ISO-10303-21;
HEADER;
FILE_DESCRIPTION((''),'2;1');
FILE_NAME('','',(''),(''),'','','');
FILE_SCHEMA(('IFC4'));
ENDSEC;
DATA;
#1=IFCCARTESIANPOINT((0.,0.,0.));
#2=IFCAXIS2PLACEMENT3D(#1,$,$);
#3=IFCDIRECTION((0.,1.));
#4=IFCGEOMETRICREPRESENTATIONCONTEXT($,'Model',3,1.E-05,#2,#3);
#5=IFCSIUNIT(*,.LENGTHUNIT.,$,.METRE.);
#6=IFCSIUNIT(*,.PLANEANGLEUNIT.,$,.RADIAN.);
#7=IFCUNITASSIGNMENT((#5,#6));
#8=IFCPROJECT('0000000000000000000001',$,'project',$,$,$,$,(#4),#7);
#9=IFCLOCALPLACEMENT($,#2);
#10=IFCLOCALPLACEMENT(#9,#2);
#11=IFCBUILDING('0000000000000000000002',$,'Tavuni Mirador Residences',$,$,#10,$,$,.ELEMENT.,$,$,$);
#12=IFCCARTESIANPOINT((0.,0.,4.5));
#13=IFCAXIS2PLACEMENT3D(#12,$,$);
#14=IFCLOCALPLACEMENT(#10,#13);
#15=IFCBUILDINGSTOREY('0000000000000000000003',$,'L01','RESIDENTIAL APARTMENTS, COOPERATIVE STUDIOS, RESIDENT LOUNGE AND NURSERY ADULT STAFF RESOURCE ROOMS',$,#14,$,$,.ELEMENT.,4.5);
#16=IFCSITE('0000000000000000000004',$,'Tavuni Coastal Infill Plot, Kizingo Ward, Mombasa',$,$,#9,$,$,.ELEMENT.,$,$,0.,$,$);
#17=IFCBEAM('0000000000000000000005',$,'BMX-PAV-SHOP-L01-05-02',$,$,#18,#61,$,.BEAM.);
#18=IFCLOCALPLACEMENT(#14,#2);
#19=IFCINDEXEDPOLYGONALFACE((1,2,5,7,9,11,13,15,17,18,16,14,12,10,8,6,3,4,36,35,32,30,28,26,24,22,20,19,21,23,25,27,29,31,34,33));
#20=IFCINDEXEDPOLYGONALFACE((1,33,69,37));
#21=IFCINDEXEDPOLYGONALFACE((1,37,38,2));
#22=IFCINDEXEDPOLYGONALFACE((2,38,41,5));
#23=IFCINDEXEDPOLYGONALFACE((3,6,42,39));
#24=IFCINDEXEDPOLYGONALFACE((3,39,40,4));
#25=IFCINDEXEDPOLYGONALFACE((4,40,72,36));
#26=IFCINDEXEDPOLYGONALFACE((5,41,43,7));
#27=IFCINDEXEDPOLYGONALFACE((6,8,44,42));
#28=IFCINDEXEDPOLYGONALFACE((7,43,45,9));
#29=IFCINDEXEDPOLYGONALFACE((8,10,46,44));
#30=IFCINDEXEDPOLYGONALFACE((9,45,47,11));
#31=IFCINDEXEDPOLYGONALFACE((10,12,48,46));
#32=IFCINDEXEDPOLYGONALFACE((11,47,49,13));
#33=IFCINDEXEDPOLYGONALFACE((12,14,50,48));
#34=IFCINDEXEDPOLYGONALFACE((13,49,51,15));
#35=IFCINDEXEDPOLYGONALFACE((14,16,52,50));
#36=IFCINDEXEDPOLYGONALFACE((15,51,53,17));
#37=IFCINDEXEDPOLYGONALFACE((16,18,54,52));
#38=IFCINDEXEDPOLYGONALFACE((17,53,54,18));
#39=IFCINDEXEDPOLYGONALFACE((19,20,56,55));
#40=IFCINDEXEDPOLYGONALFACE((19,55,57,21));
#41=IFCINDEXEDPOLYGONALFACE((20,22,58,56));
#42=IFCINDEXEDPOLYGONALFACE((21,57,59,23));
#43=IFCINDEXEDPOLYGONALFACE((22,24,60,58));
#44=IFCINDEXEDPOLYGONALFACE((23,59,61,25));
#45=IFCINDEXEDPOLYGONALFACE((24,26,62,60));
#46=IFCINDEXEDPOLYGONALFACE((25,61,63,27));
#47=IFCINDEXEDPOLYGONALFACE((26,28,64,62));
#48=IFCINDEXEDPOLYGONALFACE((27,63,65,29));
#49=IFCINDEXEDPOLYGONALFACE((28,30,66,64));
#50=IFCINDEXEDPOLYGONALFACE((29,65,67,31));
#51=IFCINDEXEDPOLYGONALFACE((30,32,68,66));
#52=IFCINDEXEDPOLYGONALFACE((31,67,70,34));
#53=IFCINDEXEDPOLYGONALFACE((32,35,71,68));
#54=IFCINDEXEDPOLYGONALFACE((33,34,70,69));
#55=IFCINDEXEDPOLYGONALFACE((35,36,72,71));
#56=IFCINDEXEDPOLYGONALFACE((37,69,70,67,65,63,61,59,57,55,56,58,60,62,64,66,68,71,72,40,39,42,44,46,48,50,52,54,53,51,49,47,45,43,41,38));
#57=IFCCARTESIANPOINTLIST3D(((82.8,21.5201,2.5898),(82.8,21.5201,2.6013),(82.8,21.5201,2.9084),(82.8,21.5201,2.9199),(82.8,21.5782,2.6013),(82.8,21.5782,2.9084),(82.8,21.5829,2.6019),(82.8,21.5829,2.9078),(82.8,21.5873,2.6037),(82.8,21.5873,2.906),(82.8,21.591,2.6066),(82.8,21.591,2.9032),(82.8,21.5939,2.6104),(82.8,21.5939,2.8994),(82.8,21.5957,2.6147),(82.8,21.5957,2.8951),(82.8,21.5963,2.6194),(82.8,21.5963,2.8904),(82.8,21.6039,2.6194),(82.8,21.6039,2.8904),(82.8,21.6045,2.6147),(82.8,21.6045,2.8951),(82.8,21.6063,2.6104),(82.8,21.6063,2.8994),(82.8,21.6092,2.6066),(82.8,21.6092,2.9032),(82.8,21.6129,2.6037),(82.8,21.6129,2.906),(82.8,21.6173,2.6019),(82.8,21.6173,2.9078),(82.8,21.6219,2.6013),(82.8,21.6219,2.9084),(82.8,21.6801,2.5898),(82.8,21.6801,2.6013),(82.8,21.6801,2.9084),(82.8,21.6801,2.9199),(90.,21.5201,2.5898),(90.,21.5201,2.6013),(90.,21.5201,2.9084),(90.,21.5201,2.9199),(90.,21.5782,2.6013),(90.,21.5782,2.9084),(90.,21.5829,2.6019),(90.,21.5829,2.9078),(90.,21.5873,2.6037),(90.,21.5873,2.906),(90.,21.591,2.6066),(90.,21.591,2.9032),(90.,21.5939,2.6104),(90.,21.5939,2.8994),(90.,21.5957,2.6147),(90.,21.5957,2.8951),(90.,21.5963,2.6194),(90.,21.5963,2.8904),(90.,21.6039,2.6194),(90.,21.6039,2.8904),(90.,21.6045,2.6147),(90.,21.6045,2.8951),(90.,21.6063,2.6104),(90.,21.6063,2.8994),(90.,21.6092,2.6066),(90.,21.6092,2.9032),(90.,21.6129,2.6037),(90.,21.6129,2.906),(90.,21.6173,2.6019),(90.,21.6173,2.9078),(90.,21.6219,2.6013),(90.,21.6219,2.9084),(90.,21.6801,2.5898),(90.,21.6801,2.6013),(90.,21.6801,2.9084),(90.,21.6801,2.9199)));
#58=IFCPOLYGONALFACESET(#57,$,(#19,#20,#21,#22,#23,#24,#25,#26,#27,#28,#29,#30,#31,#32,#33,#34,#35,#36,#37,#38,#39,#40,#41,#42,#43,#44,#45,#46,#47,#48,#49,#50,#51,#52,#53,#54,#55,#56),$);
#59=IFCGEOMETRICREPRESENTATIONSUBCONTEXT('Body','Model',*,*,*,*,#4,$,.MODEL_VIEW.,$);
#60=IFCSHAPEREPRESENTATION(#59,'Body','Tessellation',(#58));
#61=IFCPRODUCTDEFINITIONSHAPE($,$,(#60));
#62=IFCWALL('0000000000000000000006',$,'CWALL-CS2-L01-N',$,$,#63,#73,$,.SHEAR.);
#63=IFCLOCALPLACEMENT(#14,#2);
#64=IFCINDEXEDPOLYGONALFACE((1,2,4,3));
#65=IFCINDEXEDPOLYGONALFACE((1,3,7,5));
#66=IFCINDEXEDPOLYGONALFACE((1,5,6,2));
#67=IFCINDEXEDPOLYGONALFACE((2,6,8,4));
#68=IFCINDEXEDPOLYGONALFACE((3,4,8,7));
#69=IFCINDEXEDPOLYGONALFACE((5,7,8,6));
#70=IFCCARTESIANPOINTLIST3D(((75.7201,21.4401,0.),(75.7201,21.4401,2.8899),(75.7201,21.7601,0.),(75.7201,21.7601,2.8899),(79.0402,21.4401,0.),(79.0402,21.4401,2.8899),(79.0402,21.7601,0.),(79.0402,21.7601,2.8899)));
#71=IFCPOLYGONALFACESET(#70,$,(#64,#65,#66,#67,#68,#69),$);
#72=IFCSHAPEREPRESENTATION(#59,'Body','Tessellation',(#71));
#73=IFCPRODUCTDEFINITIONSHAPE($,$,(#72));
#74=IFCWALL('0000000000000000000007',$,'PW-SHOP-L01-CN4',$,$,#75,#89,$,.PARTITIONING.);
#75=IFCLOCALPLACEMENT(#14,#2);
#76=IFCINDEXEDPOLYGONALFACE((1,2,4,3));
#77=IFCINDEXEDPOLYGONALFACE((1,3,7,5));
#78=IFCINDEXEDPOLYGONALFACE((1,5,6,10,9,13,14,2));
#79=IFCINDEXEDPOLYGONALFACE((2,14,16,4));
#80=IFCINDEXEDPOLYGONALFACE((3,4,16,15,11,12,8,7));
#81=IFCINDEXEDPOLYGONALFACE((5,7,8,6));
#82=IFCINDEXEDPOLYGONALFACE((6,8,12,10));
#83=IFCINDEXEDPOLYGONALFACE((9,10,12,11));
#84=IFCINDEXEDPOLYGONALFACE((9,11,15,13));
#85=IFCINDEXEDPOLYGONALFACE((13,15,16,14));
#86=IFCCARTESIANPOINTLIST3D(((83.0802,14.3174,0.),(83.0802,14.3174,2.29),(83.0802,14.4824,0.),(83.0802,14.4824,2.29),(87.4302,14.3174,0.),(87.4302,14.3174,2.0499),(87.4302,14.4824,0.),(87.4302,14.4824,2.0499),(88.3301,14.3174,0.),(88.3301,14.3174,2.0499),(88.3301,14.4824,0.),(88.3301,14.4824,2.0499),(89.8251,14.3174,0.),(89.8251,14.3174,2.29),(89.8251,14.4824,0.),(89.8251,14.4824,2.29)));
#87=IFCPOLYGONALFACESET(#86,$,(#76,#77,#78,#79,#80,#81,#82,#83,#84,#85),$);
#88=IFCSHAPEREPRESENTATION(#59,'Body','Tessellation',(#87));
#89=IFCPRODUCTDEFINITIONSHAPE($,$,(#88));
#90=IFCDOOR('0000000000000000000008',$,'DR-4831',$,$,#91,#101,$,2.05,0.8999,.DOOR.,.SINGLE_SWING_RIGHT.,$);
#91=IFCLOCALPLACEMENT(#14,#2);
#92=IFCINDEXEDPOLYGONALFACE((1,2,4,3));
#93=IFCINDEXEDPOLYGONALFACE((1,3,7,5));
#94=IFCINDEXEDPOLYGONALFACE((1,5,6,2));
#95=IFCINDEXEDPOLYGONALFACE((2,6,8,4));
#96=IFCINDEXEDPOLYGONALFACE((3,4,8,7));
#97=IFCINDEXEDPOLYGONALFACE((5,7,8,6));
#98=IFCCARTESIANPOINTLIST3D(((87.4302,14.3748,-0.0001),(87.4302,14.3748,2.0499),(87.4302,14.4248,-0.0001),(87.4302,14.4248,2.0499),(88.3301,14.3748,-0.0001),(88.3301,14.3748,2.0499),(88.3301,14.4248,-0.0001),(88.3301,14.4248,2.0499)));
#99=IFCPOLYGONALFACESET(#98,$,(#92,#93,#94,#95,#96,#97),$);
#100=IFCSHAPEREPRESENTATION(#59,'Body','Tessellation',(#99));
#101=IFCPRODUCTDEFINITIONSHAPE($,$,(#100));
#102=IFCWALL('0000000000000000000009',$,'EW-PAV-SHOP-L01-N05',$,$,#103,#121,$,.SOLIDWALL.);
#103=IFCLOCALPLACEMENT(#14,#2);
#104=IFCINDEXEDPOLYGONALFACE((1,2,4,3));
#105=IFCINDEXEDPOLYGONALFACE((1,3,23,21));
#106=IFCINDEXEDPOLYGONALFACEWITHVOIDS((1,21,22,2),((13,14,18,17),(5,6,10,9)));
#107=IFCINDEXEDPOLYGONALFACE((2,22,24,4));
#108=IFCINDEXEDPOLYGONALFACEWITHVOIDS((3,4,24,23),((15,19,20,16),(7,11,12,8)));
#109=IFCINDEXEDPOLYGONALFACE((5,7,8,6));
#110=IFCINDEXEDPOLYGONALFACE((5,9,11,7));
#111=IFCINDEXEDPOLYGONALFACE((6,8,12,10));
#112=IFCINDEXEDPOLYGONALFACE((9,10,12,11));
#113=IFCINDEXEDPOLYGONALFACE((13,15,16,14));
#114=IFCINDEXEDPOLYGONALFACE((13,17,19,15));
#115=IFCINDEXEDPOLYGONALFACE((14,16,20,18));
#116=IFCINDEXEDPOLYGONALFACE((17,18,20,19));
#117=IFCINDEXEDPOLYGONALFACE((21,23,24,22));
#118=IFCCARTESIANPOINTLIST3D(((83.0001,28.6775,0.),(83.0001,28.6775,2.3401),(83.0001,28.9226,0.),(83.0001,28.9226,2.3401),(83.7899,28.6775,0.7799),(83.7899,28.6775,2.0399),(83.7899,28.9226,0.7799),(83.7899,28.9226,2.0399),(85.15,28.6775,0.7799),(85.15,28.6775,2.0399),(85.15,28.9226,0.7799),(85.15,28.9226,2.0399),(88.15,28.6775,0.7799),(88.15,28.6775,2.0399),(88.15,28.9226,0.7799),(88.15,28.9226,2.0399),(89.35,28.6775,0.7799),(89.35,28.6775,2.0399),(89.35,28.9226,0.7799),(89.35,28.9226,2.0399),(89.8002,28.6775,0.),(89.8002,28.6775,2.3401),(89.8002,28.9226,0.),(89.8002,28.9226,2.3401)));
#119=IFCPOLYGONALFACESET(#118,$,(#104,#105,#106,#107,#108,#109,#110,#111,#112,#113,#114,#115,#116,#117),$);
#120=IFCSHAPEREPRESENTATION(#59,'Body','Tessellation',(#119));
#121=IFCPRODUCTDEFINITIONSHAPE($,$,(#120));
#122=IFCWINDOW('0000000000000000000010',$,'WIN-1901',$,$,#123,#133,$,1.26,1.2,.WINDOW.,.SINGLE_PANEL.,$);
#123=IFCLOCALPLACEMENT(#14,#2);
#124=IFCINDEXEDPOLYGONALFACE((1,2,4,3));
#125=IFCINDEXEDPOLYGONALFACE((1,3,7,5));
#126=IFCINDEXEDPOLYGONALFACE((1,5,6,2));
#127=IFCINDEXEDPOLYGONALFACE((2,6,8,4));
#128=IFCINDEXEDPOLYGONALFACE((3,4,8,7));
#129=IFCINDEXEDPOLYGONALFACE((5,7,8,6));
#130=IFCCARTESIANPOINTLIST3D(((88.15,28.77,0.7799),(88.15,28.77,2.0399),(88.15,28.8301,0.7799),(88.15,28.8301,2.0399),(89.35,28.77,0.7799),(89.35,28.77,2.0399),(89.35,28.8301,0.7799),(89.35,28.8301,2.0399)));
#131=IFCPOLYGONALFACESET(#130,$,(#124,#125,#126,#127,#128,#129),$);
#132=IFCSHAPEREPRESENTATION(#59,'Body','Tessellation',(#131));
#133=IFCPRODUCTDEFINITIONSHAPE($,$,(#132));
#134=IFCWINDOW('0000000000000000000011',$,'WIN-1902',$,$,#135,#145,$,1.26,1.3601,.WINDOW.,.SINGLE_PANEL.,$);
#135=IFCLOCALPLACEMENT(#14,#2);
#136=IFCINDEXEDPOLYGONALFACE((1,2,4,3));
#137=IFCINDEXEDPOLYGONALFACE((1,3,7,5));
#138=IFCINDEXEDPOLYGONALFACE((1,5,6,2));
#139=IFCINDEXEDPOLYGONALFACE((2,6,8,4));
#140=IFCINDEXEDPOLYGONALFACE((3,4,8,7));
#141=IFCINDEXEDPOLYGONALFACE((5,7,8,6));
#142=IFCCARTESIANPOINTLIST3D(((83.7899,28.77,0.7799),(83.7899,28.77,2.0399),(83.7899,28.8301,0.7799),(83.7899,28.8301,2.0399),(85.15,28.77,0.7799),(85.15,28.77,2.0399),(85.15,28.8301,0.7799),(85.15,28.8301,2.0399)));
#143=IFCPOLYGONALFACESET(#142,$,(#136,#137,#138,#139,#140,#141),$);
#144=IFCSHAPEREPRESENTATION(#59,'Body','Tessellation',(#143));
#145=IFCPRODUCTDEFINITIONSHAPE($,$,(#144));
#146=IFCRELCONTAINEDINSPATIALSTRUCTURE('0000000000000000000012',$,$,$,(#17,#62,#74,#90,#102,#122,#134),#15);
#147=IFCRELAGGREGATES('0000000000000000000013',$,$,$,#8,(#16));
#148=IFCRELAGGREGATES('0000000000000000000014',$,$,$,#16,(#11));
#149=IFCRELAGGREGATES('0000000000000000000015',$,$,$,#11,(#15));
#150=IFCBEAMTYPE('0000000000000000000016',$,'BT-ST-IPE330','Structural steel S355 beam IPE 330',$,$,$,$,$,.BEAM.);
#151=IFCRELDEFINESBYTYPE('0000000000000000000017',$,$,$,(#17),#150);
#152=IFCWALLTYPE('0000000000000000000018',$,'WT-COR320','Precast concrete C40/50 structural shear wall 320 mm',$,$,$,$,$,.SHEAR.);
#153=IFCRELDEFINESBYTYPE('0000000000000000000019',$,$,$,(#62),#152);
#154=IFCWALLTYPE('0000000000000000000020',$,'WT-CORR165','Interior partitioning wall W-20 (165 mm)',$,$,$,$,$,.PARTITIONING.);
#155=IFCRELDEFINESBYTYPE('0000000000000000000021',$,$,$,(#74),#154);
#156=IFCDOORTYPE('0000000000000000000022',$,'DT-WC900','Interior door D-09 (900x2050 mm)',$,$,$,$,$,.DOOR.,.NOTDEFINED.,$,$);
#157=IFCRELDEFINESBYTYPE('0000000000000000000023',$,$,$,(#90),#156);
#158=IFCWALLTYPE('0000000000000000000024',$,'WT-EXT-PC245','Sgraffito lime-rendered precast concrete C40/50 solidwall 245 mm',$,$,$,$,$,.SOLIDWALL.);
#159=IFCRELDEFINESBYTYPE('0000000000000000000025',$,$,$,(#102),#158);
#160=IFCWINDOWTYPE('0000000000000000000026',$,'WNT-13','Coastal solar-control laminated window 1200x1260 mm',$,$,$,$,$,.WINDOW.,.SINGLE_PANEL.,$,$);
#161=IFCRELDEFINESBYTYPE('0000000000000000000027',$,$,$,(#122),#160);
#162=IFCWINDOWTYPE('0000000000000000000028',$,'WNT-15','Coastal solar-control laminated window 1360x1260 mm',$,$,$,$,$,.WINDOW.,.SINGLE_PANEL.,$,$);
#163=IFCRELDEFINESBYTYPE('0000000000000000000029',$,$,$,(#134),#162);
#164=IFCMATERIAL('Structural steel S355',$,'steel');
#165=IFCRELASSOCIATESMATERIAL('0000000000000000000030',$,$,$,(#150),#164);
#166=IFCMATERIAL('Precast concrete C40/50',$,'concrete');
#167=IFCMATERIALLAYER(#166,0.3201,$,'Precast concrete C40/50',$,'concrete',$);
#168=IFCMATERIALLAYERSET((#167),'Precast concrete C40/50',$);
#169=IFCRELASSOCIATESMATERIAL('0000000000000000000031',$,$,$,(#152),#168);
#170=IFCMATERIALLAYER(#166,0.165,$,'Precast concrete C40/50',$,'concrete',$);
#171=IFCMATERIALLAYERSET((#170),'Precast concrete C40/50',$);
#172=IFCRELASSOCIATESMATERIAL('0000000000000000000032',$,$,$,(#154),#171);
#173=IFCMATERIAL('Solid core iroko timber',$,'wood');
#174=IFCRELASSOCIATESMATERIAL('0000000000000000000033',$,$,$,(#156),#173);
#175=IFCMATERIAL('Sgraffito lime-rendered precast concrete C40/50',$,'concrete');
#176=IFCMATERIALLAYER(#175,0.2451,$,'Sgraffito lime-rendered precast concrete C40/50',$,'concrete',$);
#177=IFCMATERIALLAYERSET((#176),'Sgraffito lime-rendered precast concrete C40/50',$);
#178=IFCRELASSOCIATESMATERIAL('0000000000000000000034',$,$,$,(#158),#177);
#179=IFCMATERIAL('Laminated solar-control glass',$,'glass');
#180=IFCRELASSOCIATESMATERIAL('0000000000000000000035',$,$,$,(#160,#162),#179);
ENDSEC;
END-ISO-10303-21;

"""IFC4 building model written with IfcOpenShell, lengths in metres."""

from ifc_helpers import new_model, si_unit, direction, frame, frame_2d, origin, origin_2d, place, context, subcontext, project, spatial, rectangle, i_section, extrude, material, layer, layer_set, material_profile, profile_set, type_object, element, fill, save


model = new_model("IFC4")

# Units and contexts
model_context = context("Model", 3, precision=1e-05, world=origin(), true_north=direction((0.0, 1.0)))
body_context = subcontext(model_context, "Body", "Model", "MODEL_VIEW")
ifc_project = project(units=[si_unit("LENGTHUNIT", "METRE"), si_unit("PLANEANGLEUNIT", "RADIAN")], contexts=[model_context])

# Site, building, storey
site_placement = place(None, origin())
site = spatial("IfcSite", under=ifc_project, at=site_placement, Name="Tavuni Coastal Infill Plot, Kizingo Ward, Mombasa", CompositionType="ELEMENT", RefElevation=0.0)
building_placement = place(site_placement, origin())
building = spatial("IfcBuilding", under=site, at=building_placement, Name="Tavuni Mirador Residences", CompositionType="ELEMENT")
storey_placement = place(building_placement, frame((0.0, 0.0, 4.5)))
storey = spatial("IfcBuildingStorey", under=building, at=storey_placement, Name="L01", Description="RESIDENTIAL APARTMENTS, COOPERATIVE STUDIOS, RESIDENT LOUNGE AND NURSERY ADULT STAFF RESOURCE ROOMS", CompositionType="ELEMENT", Elevation=4.5)

# Shared definitions
ifc_material_1 = material(Name="Precast concrete C40/50", Category="concrete")
ifc_material_2 = material(Name="Structural steel S355", Category="steel")

# Beam
ifc_material_profile_1 = material_profile(ifc_material_2, i_section(OverallWidth=0.1599, OverallDepth=0.3301, WebThickness=0.0076, FlangeThickness=0.0115, FilletRadius=0.0181, at=origin_2d()), Name="IPE 330", Category="steel")
ifc_profile_set_1 = profile_set([ifc_material_profile_1], Name="Structural steel S355")
beam_type_1 = type_object("IfcBeamType", Name="BT-ST-IPE330", Description="Structural steel S355 beam IPE 330", PredefinedType="BEAM", material=ifc_profile_set_1)
beam_1_placement = place(storey_placement, frame((82.8, 21.6001, 2.7549), z_axis=(1.0, 0.0, 0.0), x_axis=(0.0, 1.0, 0.0)))
element("IfcBeam", 1, at=beam_1_placement, inside=storey, type_object=beam_type_1, Name="BMX-PAV-SHOP-L01-05-02", PredefinedType="BEAM", context=body_context, shape_type="SweptSolid", body=[
    extrude(i_section(OverallWidth=0.1599, OverallDepth=0.3301, WebThickness=0.0076, FlangeThickness=0.0115, FilletRadius=0.0181, at=origin_2d()), origin(), (0.0, 0.0, 1.0), 7.2),
])

# Wall
ifc_layer_1 = layer(ifc_material_1, 0.3201, Name="Precast concrete C40/50", Category="concrete")
ifc_layer_set_1 = layer_set([ifc_layer_1], Name="Precast concrete C40/50")
wall_type_1 = type_object("IfcWallType", Name="WT-COR320", Description="Precast concrete C40/50 structural shear wall 320 mm", PredefinedType="SHEAR", material=ifc_layer_set_1)
wall_1_placement = place(storey_placement, frame((75.72, 21.6001, 0.0), z_axis=(0.0, 0.0, 1.0), x_axis=(1.0, 0.0, 0.0)))
element("IfcWall", 2, at=wall_1_placement, inside=storey, type_object=wall_type_1, Name="CWALL-CS2-L01-N", PredefinedType="SHEAR", context=body_context, shape_type="SweptSolid", body=[
    extrude(rectangle(XDim=3.3201, YDim=0.3201, at=frame_2d((1.6602, 0.0))), origin(), (0.0, 0.0, 1.0), 2.8899),
])

# Wall, opening, door
ifc_layer_2 = layer(ifc_material_1, 0.165, Name="Precast concrete C40/50", Category="concrete")
ifc_layer_set_2 = layer_set([ifc_layer_2], Name="Precast concrete C40/50")
wall_type_2 = type_object("IfcWallType", Name="WT-CORR165", Description="Interior partitioning wall W-20 (165 mm)", PredefinedType="PARTITIONING", material=ifc_layer_set_2)
wall_2_placement = place(storey_placement, frame((83.0801, 14.3999, 0.0), z_axis=(0.0, 0.0, 1.0), x_axis=(1.0, 0.0, 0.0)))
wall_2 = element("IfcWall", 3, at=wall_2_placement, inside=storey, type_object=wall_type_2, Name="PW-SHOP-L01-CN4", PredefinedType="PARTITIONING", context=body_context, shape_type="SweptSolid", body=[
    extrude(rectangle(XDim=6.7449, YDim=0.165, at=frame_2d((3.3726, 0.0))), origin(), (0.0, 0.0, 1.0), 2.29),
])
opening_1_placement = place(wall_2_placement, frame((4.3501, 0.0, 0.0)))
opening_1 = element("IfcOpeningElement", 4, at=opening_1_placement, cuts=wall_2, PredefinedType="OPENING", context=body_context, shape_type="SweptSolid", body=[
    extrude(rectangle(XDim=0.8999, YDim=2.05, at=frame_2d((0.45, 1.0249))), frame((0.0, 0.0925, 0.0), z_axis=(0.0, -1.0, 0.0), x_axis=(1.0, 0.0, 0.0)), (0.0, 0.0, 1.0), 0.1851),
])
ifc_material_3 = material(Name="Solid core iroko timber", Category="wood")
door_type_1 = type_object("IfcDoorType", Name="DT-WC900", Description="Interior door D-09 (900x2050 mm)", OperationType="NOTDEFINED", PredefinedType="DOOR", material=ifc_material_3)
door_1_placement = place(opening_1_placement, origin())
door_1 = element("IfcDoor", 5, at=door_1_placement, inside=storey, type_object=door_type_1, Name="DR-4831", OperationType="SINGLE_SWING_RIGHT", OverallHeight=2.05, OverallWidth=0.8999, PredefinedType="DOOR", context=body_context, shape_type="SweptSolid", body=[
    extrude(rectangle(XDim=0.8999, YDim=2.05, at=frame_2d((0.45, 1.0249))), frame((0.0, 0.0249, 0.0), z_axis=(0.0, -1.0, 0.0), x_axis=(1.0, 0.0, 0.0)), (0.0, 0.0, 1.0), 0.05),
])
fill(opening_1, door_1)

# Wall, openings, windows
ifc_material_4 = material(Name="Sgraffito lime-rendered precast concrete C40/50", Category="concrete")
ifc_layer_3 = layer(ifc_material_4, 0.2451, Name="Sgraffito lime-rendered precast concrete C40/50", Category="concrete")
ifc_layer_set_3 = layer_set([ifc_layer_3], Name="Sgraffito lime-rendered precast concrete C40/50")
wall_type_3 = type_object("IfcWallType", Name="WT-EXT-PC245", Description="Sgraffito lime-rendered precast concrete C40/50 solidwall 245 mm", PredefinedType="SOLIDWALL", material=ifc_layer_set_3)
wall_3_placement = place(storey_placement, frame((89.8, 28.8, 0.0), z_axis=(0.0, 0.0, 1.0), x_axis=(-1.0, 0.0, 0.0)))
wall_3 = element("IfcWall", 6, at=wall_3_placement, inside=storey, type_object=wall_type_3, Name="EW-PAV-SHOP-L01-N05", PredefinedType="SOLIDWALL", context=body_context, shape_type="SweptSolid", body=[
    extrude(rectangle(XDim=6.8, YDim=0.2451, at=frame_2d((3.3999, 0.0))), origin(), (0.0, 0.0, 1.0), 2.3401),
])
opening_2_placement = place(wall_3_placement, frame((0.45, 0.0, 0.78)))
opening_2 = element("IfcOpeningElement", 7, at=opening_2_placement, cuts=wall_3, PredefinedType="OPENING", context=body_context, shape_type="SweptSolid", body=[
    extrude(rectangle(XDim=1.2, YDim=1.26, at=frame_2d((0.6001, 0.6299))), frame((0.0, 0.1326, 0.0), z_axis=(0.0, -1.0, 0.0), x_axis=(1.0, 0.0, 0.0)), (0.0, 0.0, 1.0), 0.2651),
])
opening_3_placement = place(wall_3_placement, frame((4.6499, 0.0, 0.78)))
opening_3 = element("IfcOpeningElement", 8, at=opening_3_placement, cuts=wall_3, PredefinedType="OPENING", context=body_context, shape_type="SweptSolid", body=[
    extrude(rectangle(XDim=1.3601, YDim=1.26, at=frame_2d((0.6802, 0.6299))), frame((0.0, 0.1326, 0.0), z_axis=(0.0, -1.0, 0.0), x_axis=(1.0, 0.0, 0.0)), (0.0, 0.0, 1.0), 0.2651),
])
ifc_material_5 = material(Name="Laminated solar-control glass", Category="glass")
window_type_1 = type_object("IfcWindowType", Name="WNT-13", Description="Coastal solar-control laminated window 1200x1260 mm", PartitioningType="SINGLE_PANEL", PredefinedType="WINDOW", material=ifc_material_5)
window_1_placement = place(opening_2_placement, origin())
window_1 = element("IfcWindow", 9, at=window_1_placement, inside=storey, type_object=window_type_1, Name="WIN-1901", OverallHeight=1.26, OverallWidth=1.2, PartitioningType="SINGLE_PANEL", PredefinedType="WINDOW", context=body_context, shape_type="SweptSolid", body=[
    extrude(rectangle(XDim=1.2, YDim=1.26, at=frame_2d((0.6001, 0.6299))), frame((0.0, 0.03, 0.0), z_axis=(0.0, -1.0, 0.0), x_axis=(1.0, 0.0, 0.0)), (0.0, 0.0, 1.0), 0.0601),
])
fill(opening_2, window_1)
window_type_2 = type_object("IfcWindowType", Name="WNT-15", Description="Coastal solar-control laminated window 1360x1260 mm", PartitioningType="SINGLE_PANEL", PredefinedType="WINDOW", material=ifc_material_5)
window_2_placement = place(opening_3_placement, origin())
window_2 = element("IfcWindow", 10, at=window_2_placement, inside=storey, type_object=window_type_2, Name="WIN-1902", OverallHeight=1.26, OverallWidth=1.3601, PartitioningType="SINGLE_PANEL", PredefinedType="WINDOW", context=body_context, shape_type="SweptSolid", body=[
    extrude(rectangle(XDim=1.3601, YDim=1.26, at=frame_2d((0.6802, 0.6299))), frame((0.0, 0.03, 0.0), z_axis=(0.0, -1.0, 0.0), x_axis=(1.0, 0.0, 0.0)), (0.0, 0.0, 1.0), 0.0601),
])
fill(opening_3, window_2)

save(model, "model.ifc")
